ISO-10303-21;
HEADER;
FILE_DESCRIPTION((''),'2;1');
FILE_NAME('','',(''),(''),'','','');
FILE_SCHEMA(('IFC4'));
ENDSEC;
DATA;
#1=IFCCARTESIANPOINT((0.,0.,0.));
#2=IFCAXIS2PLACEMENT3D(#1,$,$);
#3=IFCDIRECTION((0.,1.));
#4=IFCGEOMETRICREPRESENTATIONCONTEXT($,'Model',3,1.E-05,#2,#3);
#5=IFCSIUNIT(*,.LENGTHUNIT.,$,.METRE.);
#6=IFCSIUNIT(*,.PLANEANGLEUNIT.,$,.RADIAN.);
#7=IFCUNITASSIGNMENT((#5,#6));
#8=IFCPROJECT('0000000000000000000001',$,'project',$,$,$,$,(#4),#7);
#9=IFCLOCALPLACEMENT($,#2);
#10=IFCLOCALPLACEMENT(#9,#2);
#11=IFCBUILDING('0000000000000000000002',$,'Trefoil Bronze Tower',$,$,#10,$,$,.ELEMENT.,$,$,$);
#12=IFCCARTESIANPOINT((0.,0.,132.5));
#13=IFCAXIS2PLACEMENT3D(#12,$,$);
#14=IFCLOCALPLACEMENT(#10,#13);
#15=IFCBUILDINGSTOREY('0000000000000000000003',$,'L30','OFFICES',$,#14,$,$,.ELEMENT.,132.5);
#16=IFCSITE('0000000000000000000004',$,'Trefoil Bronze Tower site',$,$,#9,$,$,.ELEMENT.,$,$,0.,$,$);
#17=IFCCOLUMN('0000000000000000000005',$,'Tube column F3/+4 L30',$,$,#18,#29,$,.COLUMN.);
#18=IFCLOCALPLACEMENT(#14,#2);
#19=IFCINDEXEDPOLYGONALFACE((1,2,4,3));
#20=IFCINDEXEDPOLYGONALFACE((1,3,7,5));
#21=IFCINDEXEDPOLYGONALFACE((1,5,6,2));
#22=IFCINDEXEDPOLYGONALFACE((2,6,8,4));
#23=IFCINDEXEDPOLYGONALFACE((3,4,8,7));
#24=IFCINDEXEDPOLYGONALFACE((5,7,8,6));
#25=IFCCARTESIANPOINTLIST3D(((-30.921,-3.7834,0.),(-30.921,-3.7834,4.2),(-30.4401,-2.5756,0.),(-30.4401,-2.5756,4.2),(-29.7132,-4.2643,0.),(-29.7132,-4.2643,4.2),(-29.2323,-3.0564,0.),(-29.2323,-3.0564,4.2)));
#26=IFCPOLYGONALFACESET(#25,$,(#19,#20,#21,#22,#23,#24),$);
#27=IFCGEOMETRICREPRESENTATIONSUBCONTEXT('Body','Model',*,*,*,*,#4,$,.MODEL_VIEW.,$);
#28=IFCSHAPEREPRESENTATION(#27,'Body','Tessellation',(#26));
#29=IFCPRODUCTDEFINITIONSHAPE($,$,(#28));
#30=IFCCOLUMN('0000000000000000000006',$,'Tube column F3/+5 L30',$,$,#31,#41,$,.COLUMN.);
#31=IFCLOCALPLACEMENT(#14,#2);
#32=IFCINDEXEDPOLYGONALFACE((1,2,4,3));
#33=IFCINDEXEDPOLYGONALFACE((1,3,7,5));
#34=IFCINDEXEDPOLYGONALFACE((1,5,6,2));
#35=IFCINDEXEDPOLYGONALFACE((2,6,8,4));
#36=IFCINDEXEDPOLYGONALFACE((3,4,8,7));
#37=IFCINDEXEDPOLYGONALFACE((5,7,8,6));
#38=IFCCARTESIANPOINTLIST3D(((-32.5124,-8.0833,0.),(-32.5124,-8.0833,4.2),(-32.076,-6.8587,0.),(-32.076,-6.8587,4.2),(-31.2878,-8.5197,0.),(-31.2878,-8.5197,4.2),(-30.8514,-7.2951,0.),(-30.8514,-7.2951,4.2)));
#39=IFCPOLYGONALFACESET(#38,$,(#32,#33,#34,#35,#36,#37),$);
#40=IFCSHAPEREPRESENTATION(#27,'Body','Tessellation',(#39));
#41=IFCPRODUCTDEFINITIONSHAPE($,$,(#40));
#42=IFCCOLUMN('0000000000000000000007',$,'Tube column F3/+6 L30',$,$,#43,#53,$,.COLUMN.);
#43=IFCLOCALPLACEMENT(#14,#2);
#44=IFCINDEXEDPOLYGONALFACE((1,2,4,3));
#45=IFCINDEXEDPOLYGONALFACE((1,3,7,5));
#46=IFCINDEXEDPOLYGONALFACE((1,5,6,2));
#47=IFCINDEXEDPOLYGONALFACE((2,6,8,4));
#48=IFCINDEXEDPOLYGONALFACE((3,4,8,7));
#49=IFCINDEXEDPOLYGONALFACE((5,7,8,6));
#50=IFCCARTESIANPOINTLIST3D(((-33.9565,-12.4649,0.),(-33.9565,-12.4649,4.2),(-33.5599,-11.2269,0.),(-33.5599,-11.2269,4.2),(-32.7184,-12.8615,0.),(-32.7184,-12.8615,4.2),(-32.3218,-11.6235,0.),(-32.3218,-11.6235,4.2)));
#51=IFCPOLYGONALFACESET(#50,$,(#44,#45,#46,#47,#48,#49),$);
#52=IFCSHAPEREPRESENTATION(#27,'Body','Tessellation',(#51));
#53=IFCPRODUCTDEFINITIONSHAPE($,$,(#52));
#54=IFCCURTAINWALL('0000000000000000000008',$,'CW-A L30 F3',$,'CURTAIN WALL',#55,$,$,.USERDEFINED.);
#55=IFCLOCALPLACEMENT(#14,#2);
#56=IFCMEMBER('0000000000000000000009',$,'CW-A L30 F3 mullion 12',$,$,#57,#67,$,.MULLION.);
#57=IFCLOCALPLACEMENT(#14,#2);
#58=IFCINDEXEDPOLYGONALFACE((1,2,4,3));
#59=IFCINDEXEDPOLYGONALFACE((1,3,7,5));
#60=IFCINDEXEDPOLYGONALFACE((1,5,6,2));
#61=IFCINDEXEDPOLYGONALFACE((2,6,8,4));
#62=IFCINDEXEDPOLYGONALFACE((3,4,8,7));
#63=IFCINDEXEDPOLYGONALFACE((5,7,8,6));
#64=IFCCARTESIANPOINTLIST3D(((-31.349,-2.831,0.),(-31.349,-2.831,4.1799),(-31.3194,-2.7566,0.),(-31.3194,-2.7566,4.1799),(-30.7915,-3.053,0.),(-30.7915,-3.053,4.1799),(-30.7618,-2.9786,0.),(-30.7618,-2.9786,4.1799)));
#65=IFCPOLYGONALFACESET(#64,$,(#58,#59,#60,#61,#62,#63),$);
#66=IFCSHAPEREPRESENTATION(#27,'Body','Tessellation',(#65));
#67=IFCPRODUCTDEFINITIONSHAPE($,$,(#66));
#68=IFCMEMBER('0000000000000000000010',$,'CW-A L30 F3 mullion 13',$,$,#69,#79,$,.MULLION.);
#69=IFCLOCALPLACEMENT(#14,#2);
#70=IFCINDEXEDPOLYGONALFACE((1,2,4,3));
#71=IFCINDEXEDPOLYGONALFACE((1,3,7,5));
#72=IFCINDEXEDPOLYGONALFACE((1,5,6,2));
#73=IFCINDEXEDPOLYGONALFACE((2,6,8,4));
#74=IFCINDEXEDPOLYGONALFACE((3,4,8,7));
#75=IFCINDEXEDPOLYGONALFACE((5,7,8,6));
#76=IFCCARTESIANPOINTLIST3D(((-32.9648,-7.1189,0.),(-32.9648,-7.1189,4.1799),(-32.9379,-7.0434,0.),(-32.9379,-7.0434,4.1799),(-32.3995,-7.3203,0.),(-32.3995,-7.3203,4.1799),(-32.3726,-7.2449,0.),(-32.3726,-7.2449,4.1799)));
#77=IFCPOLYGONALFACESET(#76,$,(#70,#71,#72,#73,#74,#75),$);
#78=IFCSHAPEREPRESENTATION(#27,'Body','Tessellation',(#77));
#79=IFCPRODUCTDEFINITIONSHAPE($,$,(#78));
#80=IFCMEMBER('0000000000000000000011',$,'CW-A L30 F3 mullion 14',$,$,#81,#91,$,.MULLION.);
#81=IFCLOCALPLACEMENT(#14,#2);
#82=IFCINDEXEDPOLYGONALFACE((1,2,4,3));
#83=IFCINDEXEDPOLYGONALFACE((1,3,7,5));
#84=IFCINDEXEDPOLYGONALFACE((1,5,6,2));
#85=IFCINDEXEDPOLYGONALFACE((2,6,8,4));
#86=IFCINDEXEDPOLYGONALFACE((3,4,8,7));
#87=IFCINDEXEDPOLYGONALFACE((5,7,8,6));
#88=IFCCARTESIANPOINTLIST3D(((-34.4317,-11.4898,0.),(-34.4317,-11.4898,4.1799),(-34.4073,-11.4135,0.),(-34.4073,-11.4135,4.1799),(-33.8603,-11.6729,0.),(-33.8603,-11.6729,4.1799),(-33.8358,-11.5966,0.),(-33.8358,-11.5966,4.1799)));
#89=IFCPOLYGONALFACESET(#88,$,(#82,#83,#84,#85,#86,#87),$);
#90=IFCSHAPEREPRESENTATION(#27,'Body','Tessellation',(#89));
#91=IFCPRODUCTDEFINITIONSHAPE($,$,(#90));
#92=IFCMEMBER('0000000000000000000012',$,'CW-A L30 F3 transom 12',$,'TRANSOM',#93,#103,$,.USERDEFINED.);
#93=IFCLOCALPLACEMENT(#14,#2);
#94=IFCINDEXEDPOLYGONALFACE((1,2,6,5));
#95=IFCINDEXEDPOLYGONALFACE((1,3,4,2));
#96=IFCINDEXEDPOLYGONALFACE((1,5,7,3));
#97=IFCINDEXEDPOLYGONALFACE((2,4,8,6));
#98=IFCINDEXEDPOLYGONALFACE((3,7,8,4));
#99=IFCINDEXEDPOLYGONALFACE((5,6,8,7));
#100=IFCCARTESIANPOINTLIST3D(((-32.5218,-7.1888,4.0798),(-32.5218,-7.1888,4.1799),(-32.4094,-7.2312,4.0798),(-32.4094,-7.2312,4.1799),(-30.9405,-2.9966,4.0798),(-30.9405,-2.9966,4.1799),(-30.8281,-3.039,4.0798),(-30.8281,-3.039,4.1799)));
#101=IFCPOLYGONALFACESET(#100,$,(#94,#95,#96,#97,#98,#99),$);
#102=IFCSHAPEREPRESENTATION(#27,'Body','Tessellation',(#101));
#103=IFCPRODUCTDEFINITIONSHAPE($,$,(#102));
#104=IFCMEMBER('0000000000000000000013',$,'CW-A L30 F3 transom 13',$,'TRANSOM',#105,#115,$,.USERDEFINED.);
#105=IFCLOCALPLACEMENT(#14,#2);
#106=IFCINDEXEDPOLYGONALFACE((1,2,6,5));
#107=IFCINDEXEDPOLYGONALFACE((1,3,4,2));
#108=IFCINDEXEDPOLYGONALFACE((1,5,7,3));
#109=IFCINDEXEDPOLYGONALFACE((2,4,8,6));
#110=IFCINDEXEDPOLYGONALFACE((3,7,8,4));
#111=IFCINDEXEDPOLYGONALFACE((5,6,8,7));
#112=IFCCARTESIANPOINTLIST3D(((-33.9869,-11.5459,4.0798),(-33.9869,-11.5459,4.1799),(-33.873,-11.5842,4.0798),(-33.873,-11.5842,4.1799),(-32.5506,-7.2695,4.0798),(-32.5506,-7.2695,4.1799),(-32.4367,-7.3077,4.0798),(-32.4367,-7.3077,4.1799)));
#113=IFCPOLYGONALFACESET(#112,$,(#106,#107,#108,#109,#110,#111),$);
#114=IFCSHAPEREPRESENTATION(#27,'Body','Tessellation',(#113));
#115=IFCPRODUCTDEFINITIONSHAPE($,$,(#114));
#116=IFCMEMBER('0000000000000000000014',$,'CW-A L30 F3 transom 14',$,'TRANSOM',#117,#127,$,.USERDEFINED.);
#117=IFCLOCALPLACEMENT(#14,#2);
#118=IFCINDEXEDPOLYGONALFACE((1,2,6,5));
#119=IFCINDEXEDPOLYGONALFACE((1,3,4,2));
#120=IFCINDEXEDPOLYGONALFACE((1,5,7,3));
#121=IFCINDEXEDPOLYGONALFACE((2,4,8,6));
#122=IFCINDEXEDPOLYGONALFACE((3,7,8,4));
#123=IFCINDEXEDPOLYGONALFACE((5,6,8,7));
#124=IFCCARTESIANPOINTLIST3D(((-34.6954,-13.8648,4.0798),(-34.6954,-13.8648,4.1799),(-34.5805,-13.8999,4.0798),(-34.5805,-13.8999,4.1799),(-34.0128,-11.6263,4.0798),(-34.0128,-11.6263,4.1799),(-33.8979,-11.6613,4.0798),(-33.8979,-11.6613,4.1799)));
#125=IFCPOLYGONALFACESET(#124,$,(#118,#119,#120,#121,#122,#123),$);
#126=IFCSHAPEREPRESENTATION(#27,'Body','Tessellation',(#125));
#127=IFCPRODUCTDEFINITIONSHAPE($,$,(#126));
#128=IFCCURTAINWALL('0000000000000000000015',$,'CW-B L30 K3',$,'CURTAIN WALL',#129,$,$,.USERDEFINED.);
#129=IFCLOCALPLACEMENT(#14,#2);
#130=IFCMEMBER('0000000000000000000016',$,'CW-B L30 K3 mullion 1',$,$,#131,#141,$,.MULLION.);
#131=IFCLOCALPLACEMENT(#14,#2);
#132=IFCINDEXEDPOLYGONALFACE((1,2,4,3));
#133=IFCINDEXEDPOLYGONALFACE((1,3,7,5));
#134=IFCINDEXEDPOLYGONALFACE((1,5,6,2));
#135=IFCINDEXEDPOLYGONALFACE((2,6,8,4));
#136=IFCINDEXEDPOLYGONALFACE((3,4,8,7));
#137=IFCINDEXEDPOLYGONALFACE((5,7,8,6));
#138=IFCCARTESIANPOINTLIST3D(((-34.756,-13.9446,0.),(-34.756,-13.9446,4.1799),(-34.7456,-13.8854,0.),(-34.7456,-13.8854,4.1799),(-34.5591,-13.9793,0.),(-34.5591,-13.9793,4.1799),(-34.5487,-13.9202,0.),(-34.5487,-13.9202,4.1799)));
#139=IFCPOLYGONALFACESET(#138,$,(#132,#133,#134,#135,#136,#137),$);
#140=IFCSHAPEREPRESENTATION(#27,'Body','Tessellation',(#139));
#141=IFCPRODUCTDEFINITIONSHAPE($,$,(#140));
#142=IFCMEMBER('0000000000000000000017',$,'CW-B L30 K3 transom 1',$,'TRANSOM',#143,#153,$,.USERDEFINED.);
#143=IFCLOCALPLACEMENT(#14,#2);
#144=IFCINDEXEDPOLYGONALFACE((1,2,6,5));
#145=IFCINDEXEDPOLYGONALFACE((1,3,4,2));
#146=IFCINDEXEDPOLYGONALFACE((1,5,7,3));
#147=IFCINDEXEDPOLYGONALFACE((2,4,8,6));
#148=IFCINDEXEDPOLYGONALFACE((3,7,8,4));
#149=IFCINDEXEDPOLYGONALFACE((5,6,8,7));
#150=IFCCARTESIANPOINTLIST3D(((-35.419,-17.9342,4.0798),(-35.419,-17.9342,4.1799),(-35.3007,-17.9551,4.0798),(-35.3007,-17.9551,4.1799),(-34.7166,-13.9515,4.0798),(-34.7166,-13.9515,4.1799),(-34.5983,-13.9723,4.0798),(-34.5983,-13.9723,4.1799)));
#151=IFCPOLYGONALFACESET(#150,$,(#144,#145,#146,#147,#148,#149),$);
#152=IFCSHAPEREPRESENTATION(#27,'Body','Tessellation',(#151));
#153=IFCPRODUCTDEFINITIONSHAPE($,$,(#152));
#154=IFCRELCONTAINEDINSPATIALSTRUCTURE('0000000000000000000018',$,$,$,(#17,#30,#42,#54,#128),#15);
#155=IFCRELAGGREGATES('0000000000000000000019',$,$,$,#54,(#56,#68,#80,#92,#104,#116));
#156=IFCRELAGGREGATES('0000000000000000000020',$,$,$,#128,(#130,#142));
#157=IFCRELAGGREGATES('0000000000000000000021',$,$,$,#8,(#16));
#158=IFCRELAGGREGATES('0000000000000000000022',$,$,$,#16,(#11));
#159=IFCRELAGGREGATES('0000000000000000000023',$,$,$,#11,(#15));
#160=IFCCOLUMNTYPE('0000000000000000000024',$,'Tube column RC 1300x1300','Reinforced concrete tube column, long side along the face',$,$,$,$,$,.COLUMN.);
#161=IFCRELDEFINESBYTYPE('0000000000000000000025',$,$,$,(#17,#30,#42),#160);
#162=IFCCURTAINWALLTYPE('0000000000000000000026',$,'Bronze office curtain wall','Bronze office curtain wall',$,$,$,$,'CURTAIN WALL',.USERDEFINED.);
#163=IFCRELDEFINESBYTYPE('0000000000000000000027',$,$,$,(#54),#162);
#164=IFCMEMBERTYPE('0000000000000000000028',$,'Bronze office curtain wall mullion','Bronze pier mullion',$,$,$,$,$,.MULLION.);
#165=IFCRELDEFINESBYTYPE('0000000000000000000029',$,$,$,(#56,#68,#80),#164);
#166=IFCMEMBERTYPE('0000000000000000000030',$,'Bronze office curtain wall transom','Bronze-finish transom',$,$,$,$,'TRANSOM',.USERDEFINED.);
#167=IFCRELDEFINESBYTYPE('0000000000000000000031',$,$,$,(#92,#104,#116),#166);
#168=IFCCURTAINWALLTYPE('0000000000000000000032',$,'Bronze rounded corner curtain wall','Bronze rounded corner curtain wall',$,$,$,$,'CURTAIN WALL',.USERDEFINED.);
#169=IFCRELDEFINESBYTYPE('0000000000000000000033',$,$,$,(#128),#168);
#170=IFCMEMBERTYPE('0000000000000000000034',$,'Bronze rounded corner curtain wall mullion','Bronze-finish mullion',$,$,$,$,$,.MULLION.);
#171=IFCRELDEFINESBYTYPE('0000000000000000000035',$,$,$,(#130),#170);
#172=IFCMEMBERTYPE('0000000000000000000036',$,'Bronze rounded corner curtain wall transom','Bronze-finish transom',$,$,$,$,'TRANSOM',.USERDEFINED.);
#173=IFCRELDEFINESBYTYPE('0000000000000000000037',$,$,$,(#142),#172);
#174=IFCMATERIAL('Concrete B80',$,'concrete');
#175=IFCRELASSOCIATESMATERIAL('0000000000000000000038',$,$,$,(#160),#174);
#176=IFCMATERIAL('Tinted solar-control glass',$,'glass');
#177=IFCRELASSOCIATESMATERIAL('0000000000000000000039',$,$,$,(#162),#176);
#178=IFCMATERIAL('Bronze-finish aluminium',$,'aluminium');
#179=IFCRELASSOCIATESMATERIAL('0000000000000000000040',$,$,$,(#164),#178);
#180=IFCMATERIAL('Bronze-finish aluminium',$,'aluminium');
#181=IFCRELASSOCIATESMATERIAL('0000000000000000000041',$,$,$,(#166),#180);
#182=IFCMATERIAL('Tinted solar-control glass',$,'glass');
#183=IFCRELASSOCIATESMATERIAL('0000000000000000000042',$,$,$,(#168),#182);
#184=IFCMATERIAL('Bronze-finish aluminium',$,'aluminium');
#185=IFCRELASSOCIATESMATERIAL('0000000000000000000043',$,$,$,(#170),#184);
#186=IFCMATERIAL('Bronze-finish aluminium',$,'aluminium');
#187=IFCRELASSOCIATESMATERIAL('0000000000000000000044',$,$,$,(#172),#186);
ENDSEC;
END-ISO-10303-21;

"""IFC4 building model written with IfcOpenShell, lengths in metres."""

from ifc_helpers import new_model, si_unit, direction, frame, origin, origin_2d, place, context, subcontext, project, spatial, rectangle, extrude, material, material_profile, profile_set, type_object, element, aggregate, save


model = new_model("IFC4")

# Units and contexts
model_context = context("Model", 3, precision=1e-05, world=origin(), true_north=direction((0.0, 1.0)))
body_context = subcontext(model_context, "Body", "Model", "MODEL_VIEW")
ifc_project = project(units=[si_unit("LENGTHUNIT", "METRE"), si_unit("PLANEANGLEUNIT", "RADIAN")], contexts=[model_context])

# Site, building, storey
site_placement = place(None, origin())
site = spatial("IfcSite", under=ifc_project, at=site_placement, Name="Trefoil Bronze Tower site", CompositionType="ELEMENT", RefElevation=0.0)
building_placement = place(site_placement, origin())
building = spatial("IfcBuilding", under=site, at=building_placement, Name="Trefoil Bronze Tower", CompositionType="ELEMENT")
storey_placement = place(building_placement, frame((0.0, 0.0, 132.5)))
storey = spatial("IfcBuildingStorey", under=building, at=storey_placement, Name="L30", Description="OFFICES", CompositionType="ELEMENT", Elevation=132.5)

# Columns
ifc_material_1 = material(Name="Concrete B80", Category="concrete")
ifc_material_profile_1 = material_profile(ifc_material_1, rectangle(XDim=1.3, YDim=1.3, at=origin_2d()), Name="RC 1300x1300")
ifc_profile_set_1 = profile_set([ifc_material_profile_1], Name="Concrete B80")
column_type = type_object("IfcColumnType", Name="Tube column RC 1300x1300", Description="Reinforced concrete tube column, long side along the face", PredefinedType="COLUMN", material=ifc_profile_set_1)
for number, where, z_axis, x_axis, name in (
    (1, (-30.0767, -3.4199, 0.0), (0.0, 0.0, 1.0), (-0.369901, -0.929071, 0.0), "Tube column F3/+4 L30"),
    (2, (-31.6819, -7.6892, 0.0), (0.0, 0.0, 1.0), (-0.335718, -0.941963, 0.0), "Tube column F3/+5 L30"),
    (3, (-33.1392, -12.0442, 0.0), (0.0, 0.0, 1.0), (-0.305066, -0.952331, 0.0), "Tube column F3/+6 L30"),
):
    element("IfcColumn", number, at=place(storey_placement, frame(where, z_axis=z_axis, x_axis=x_axis)), inside=storey, type_object=column_type, Name=name, PredefinedType="COLUMN", context=body_context, shape_type="SweptSolid", body=[
        extrude(rectangle(XDim=1.3, YDim=1.3, at=origin_2d()), origin(), (0.0, 0.0, 1.0), 4.2),
    ])

# Curtain walls, members
ifc_material_2 = material(Name="Tinted solar-control glass", Category="glass")
curtain_wall_type_1 = type_object("IfcCurtainWallType", Name="Bronze office curtain wall", Description="Bronze office curtain wall", ElementType="CURTAIN WALL", PredefinedType="USERDEFINED", material=ifc_material_2)
curtain_wall_1_placement = place(storey_placement, origin())
curtain_wall_1 = element("IfcCurtainWall", 4, at=curtain_wall_1_placement, inside=storey, type_object=curtain_wall_type_1, Name="CW-A L30 F3", ObjectType="CURTAIN WALL", PredefinedType="USERDEFINED")
ifc_material_3 = material(Name="Bronze-finish aluminium", Category="aluminium")
ifc_material_profile_2 = material_profile(ifc_material_3, rectangle(XDim=0.6001, YDim=0.0801, at=origin_2d()), Name="CW-A mullion")
ifc_profile_set_2 = profile_set([ifc_material_profile_2], Name="Bronze-finish aluminium")
member_type_1 = type_object("IfcMemberType", Name="Bronze office curtain wall mullion", Description="Bronze pier mullion", PredefinedType="MULLION", material=ifc_profile_set_2)
member_1_placement = place(storey_placement, frame((-31.0554, -2.9048, 0.0), z_axis=(0.0, 0.0, 1.0), x_axis=(0.929071, -0.369901, 0.0)))
member_1 = element("IfcMember", 5, at=member_1_placement, type_object=member_type_1, Name="CW-A L30 F3 mullion 12", PredefinedType="MULLION", context=body_context, shape_type="SweptSolid", body=[
    extrude(rectangle(XDim=0.6001, YDim=0.0801, at=origin_2d()), origin(), (0.0, 0.0, 1.0), 4.1799),
])
member_2_placement = place(storey_placement, frame((-32.6687, -7.1819, 0.0), z_axis=(0.0, 0.0, 1.0), x_axis=(0.941963, -0.335718, 0.0)))
member_2 = element("IfcMember", 6, at=member_2_placement, type_object=member_type_1, Name="CW-A L30 F3 mullion 13", PredefinedType="MULLION", context=body_context, shape_type="SweptSolid", body=[
    extrude(rectangle(XDim=0.6001, YDim=0.0801, at=origin_2d()), origin(), (0.0, 0.0, 1.0), 4.1799),
])
member_3_placement = place(storey_placement, frame((-34.1338, -11.5432, 0.0), z_axis=(0.0, 0.0, 1.0), x_axis=(0.952331, -0.305066, 0.0)))
member_3 = element("IfcMember", 7, at=member_3_placement, type_object=member_type_1, Name="CW-A L30 F3 mullion 14", PredefinedType="MULLION", context=body_context, shape_type="SweptSolid", body=[
    extrude(rectangle(XDim=0.6001, YDim=0.0801, at=origin_2d()), origin(), (0.0, 0.0, 1.0), 4.1799),
])
ifc_material_4 = material(Name="Bronze-finish aluminium", Category="aluminium")
ifc_material_profile_3 = material_profile(ifc_material_4, rectangle(XDim=0.1201, YDim=0.1001, at=origin_2d()), Name="CW-A transom")
ifc_profile_set_3 = profile_set([ifc_material_profile_3], Name="Bronze-finish aluminium")
member_type_2 = type_object("IfcMemberType", Name="Bronze office curtain wall transom", Description="Bronze-finish transom", ElementType="TRANSOM", PredefinedType="USERDEFINED", material=ifc_profile_set_3)
member_4_placement = place(storey_placement, frame((-30.8843, -3.0178, 4.1299), z_axis=(-0.352932, -0.935649, 0.0), x_axis=(0.935649, -0.352932, 0.0)))
member_4 = element("IfcMember", 8, at=member_4_placement, type_object=member_type_2, Name="CW-A L30 F3 transom 12", ObjectType="TRANSOM", PredefinedType="USERDEFINED", context=body_context, shape_type="SweptSolid", body=[
    extrude(rectangle(XDim=0.1201, YDim=0.1001, at=origin_2d()), origin(), (0.0, 0.0, 1.0), 4.4805),
])
member_5_placement = place(storey_placement, frame((-32.4937, -7.2886, 4.1299), z_axis=(-0.318386, -0.947961, 0.0), x_axis=(0.947961, -0.318386, 0.0)))
member_5 = element("IfcMember", 9, at=member_5_placement, type_object=member_type_2, Name="CW-A L30 F3 transom 13", ObjectType="TRANSOM", PredefinedType="USERDEFINED", context=body_context, shape_type="SweptSolid", body=[
    extrude(rectangle(XDim=0.1201, YDim=0.1001, at=origin_2d()), origin(), (0.0, 0.0, 1.0), 4.5112),
])
member_6_placement = place(storey_placement, frame((-33.9553, -11.6438, 4.1299), z_axis=(-0.29168, -0.956516, 0.0), x_axis=(0.956516, -0.29168, 0.0)))
member_6 = element("IfcMember", 10, at=member_6_placement, type_object=member_type_2, Name="CW-A L30 F3 transom 14", ObjectType="TRANSOM", PredefinedType="USERDEFINED", context=body_context, shape_type="SweptSolid", body=[
    extrude(rectangle(XDim=0.1201, YDim=0.1001, at=origin_2d()), origin(), (0.0, 0.0, 1.0), 2.3403),
])
ifc_material_5 = material(Name="Tinted solar-control glass", Category="glass")
curtain_wall_type_2 = type_object("IfcCurtainWallType", Name="Bronze rounded corner curtain wall", Description="Bronze rounded corner curtain wall", ElementType="CURTAIN WALL", PredefinedType="USERDEFINED", material=ifc_material_5)
curtain_wall_2_placement = place(storey_placement, origin())
curtain_wall_2 = element("IfcCurtainWall", 11, at=curtain_wall_2_placement, inside=storey, type_object=curtain_wall_type_2, Name="CW-B L30 K3", ObjectType="CURTAIN WALL", PredefinedType="USERDEFINED")
ifc_material_6 = material(Name="Bronze-finish aluminium", Category="aluminium")
ifc_material_profile_4 = material_profile(ifc_material_6, rectangle(XDim=0.2, YDim=0.0601, at=origin_2d()), Name="CW-B mullion")
ifc_profile_set_4 = profile_set([ifc_material_profile_4], Name="Bronze-finish aluminium")
member_type_3 = type_object("IfcMemberType", Name="Bronze rounded corner curtain wall mullion", Description="Bronze-finish mullion", PredefinedType="MULLION", material=ifc_profile_set_4)
member_7_placement = place(storey_placement, frame((-34.6523, -13.9324, 0.0), z_axis=(0.0, 0.0, 1.0), x_axis=(0.984808, -0.173648, 0.0)))
member_7 = element("IfcMember", 12, at=member_7_placement, type_object=member_type_3, Name="CW-B L30 K3 mullion 1", PredefinedType="MULLION", context=body_context, shape_type="SweptSolid", body=[
    extrude(rectangle(XDim=0.2, YDim=0.0601, at=origin_2d()), origin(), (0.0, 0.0, 1.0), 4.1799),
])
ifc_material_7 = material(Name="Bronze-finish aluminium", Category="aluminium")
ifc_material_profile_5 = material_profile(ifc_material_7, rectangle(XDim=0.1201, YDim=0.1001, at=origin_2d()), Name="CW-B transom")
ifc_profile_set_5 = profile_set([ifc_material_profile_5], Name="Bronze-finish aluminium")
member_type_4 = type_object("IfcMemberType", Name="Bronze rounded corner curtain wall transom", Description="Bronze-finish transom", ElementType="TRANSOM", PredefinedType="USERDEFINED", material=ifc_profile_set_5)
member_8_placement = place(storey_placement, frame((-34.6575, -13.9619, 4.1299), z_axis=(-0.173682, -0.984802, 0.0), x_axis=(0.984802, -0.173682, 0.0)))
member_8 = element("IfcMember", 13, at=member_8_placement, type_object=member_type_4, Name="CW-B L30 K3 transom 1", ObjectType="TRANSOM", PredefinedType="USERDEFINED", context=body_context, shape_type="SweptSolid", body=[
    extrude(rectangle(XDim=0.1201, YDim=0.1001, at=origin_2d()), origin(), (0.0, 0.0, 1.0), 4.0442),
])

aggregate(curtain_wall_1, [member_1, member_2, member_3, member_4, member_5, member_6])
aggregate(curtain_wall_2, [member_7, member_8])

save(model, "model.ifc")
